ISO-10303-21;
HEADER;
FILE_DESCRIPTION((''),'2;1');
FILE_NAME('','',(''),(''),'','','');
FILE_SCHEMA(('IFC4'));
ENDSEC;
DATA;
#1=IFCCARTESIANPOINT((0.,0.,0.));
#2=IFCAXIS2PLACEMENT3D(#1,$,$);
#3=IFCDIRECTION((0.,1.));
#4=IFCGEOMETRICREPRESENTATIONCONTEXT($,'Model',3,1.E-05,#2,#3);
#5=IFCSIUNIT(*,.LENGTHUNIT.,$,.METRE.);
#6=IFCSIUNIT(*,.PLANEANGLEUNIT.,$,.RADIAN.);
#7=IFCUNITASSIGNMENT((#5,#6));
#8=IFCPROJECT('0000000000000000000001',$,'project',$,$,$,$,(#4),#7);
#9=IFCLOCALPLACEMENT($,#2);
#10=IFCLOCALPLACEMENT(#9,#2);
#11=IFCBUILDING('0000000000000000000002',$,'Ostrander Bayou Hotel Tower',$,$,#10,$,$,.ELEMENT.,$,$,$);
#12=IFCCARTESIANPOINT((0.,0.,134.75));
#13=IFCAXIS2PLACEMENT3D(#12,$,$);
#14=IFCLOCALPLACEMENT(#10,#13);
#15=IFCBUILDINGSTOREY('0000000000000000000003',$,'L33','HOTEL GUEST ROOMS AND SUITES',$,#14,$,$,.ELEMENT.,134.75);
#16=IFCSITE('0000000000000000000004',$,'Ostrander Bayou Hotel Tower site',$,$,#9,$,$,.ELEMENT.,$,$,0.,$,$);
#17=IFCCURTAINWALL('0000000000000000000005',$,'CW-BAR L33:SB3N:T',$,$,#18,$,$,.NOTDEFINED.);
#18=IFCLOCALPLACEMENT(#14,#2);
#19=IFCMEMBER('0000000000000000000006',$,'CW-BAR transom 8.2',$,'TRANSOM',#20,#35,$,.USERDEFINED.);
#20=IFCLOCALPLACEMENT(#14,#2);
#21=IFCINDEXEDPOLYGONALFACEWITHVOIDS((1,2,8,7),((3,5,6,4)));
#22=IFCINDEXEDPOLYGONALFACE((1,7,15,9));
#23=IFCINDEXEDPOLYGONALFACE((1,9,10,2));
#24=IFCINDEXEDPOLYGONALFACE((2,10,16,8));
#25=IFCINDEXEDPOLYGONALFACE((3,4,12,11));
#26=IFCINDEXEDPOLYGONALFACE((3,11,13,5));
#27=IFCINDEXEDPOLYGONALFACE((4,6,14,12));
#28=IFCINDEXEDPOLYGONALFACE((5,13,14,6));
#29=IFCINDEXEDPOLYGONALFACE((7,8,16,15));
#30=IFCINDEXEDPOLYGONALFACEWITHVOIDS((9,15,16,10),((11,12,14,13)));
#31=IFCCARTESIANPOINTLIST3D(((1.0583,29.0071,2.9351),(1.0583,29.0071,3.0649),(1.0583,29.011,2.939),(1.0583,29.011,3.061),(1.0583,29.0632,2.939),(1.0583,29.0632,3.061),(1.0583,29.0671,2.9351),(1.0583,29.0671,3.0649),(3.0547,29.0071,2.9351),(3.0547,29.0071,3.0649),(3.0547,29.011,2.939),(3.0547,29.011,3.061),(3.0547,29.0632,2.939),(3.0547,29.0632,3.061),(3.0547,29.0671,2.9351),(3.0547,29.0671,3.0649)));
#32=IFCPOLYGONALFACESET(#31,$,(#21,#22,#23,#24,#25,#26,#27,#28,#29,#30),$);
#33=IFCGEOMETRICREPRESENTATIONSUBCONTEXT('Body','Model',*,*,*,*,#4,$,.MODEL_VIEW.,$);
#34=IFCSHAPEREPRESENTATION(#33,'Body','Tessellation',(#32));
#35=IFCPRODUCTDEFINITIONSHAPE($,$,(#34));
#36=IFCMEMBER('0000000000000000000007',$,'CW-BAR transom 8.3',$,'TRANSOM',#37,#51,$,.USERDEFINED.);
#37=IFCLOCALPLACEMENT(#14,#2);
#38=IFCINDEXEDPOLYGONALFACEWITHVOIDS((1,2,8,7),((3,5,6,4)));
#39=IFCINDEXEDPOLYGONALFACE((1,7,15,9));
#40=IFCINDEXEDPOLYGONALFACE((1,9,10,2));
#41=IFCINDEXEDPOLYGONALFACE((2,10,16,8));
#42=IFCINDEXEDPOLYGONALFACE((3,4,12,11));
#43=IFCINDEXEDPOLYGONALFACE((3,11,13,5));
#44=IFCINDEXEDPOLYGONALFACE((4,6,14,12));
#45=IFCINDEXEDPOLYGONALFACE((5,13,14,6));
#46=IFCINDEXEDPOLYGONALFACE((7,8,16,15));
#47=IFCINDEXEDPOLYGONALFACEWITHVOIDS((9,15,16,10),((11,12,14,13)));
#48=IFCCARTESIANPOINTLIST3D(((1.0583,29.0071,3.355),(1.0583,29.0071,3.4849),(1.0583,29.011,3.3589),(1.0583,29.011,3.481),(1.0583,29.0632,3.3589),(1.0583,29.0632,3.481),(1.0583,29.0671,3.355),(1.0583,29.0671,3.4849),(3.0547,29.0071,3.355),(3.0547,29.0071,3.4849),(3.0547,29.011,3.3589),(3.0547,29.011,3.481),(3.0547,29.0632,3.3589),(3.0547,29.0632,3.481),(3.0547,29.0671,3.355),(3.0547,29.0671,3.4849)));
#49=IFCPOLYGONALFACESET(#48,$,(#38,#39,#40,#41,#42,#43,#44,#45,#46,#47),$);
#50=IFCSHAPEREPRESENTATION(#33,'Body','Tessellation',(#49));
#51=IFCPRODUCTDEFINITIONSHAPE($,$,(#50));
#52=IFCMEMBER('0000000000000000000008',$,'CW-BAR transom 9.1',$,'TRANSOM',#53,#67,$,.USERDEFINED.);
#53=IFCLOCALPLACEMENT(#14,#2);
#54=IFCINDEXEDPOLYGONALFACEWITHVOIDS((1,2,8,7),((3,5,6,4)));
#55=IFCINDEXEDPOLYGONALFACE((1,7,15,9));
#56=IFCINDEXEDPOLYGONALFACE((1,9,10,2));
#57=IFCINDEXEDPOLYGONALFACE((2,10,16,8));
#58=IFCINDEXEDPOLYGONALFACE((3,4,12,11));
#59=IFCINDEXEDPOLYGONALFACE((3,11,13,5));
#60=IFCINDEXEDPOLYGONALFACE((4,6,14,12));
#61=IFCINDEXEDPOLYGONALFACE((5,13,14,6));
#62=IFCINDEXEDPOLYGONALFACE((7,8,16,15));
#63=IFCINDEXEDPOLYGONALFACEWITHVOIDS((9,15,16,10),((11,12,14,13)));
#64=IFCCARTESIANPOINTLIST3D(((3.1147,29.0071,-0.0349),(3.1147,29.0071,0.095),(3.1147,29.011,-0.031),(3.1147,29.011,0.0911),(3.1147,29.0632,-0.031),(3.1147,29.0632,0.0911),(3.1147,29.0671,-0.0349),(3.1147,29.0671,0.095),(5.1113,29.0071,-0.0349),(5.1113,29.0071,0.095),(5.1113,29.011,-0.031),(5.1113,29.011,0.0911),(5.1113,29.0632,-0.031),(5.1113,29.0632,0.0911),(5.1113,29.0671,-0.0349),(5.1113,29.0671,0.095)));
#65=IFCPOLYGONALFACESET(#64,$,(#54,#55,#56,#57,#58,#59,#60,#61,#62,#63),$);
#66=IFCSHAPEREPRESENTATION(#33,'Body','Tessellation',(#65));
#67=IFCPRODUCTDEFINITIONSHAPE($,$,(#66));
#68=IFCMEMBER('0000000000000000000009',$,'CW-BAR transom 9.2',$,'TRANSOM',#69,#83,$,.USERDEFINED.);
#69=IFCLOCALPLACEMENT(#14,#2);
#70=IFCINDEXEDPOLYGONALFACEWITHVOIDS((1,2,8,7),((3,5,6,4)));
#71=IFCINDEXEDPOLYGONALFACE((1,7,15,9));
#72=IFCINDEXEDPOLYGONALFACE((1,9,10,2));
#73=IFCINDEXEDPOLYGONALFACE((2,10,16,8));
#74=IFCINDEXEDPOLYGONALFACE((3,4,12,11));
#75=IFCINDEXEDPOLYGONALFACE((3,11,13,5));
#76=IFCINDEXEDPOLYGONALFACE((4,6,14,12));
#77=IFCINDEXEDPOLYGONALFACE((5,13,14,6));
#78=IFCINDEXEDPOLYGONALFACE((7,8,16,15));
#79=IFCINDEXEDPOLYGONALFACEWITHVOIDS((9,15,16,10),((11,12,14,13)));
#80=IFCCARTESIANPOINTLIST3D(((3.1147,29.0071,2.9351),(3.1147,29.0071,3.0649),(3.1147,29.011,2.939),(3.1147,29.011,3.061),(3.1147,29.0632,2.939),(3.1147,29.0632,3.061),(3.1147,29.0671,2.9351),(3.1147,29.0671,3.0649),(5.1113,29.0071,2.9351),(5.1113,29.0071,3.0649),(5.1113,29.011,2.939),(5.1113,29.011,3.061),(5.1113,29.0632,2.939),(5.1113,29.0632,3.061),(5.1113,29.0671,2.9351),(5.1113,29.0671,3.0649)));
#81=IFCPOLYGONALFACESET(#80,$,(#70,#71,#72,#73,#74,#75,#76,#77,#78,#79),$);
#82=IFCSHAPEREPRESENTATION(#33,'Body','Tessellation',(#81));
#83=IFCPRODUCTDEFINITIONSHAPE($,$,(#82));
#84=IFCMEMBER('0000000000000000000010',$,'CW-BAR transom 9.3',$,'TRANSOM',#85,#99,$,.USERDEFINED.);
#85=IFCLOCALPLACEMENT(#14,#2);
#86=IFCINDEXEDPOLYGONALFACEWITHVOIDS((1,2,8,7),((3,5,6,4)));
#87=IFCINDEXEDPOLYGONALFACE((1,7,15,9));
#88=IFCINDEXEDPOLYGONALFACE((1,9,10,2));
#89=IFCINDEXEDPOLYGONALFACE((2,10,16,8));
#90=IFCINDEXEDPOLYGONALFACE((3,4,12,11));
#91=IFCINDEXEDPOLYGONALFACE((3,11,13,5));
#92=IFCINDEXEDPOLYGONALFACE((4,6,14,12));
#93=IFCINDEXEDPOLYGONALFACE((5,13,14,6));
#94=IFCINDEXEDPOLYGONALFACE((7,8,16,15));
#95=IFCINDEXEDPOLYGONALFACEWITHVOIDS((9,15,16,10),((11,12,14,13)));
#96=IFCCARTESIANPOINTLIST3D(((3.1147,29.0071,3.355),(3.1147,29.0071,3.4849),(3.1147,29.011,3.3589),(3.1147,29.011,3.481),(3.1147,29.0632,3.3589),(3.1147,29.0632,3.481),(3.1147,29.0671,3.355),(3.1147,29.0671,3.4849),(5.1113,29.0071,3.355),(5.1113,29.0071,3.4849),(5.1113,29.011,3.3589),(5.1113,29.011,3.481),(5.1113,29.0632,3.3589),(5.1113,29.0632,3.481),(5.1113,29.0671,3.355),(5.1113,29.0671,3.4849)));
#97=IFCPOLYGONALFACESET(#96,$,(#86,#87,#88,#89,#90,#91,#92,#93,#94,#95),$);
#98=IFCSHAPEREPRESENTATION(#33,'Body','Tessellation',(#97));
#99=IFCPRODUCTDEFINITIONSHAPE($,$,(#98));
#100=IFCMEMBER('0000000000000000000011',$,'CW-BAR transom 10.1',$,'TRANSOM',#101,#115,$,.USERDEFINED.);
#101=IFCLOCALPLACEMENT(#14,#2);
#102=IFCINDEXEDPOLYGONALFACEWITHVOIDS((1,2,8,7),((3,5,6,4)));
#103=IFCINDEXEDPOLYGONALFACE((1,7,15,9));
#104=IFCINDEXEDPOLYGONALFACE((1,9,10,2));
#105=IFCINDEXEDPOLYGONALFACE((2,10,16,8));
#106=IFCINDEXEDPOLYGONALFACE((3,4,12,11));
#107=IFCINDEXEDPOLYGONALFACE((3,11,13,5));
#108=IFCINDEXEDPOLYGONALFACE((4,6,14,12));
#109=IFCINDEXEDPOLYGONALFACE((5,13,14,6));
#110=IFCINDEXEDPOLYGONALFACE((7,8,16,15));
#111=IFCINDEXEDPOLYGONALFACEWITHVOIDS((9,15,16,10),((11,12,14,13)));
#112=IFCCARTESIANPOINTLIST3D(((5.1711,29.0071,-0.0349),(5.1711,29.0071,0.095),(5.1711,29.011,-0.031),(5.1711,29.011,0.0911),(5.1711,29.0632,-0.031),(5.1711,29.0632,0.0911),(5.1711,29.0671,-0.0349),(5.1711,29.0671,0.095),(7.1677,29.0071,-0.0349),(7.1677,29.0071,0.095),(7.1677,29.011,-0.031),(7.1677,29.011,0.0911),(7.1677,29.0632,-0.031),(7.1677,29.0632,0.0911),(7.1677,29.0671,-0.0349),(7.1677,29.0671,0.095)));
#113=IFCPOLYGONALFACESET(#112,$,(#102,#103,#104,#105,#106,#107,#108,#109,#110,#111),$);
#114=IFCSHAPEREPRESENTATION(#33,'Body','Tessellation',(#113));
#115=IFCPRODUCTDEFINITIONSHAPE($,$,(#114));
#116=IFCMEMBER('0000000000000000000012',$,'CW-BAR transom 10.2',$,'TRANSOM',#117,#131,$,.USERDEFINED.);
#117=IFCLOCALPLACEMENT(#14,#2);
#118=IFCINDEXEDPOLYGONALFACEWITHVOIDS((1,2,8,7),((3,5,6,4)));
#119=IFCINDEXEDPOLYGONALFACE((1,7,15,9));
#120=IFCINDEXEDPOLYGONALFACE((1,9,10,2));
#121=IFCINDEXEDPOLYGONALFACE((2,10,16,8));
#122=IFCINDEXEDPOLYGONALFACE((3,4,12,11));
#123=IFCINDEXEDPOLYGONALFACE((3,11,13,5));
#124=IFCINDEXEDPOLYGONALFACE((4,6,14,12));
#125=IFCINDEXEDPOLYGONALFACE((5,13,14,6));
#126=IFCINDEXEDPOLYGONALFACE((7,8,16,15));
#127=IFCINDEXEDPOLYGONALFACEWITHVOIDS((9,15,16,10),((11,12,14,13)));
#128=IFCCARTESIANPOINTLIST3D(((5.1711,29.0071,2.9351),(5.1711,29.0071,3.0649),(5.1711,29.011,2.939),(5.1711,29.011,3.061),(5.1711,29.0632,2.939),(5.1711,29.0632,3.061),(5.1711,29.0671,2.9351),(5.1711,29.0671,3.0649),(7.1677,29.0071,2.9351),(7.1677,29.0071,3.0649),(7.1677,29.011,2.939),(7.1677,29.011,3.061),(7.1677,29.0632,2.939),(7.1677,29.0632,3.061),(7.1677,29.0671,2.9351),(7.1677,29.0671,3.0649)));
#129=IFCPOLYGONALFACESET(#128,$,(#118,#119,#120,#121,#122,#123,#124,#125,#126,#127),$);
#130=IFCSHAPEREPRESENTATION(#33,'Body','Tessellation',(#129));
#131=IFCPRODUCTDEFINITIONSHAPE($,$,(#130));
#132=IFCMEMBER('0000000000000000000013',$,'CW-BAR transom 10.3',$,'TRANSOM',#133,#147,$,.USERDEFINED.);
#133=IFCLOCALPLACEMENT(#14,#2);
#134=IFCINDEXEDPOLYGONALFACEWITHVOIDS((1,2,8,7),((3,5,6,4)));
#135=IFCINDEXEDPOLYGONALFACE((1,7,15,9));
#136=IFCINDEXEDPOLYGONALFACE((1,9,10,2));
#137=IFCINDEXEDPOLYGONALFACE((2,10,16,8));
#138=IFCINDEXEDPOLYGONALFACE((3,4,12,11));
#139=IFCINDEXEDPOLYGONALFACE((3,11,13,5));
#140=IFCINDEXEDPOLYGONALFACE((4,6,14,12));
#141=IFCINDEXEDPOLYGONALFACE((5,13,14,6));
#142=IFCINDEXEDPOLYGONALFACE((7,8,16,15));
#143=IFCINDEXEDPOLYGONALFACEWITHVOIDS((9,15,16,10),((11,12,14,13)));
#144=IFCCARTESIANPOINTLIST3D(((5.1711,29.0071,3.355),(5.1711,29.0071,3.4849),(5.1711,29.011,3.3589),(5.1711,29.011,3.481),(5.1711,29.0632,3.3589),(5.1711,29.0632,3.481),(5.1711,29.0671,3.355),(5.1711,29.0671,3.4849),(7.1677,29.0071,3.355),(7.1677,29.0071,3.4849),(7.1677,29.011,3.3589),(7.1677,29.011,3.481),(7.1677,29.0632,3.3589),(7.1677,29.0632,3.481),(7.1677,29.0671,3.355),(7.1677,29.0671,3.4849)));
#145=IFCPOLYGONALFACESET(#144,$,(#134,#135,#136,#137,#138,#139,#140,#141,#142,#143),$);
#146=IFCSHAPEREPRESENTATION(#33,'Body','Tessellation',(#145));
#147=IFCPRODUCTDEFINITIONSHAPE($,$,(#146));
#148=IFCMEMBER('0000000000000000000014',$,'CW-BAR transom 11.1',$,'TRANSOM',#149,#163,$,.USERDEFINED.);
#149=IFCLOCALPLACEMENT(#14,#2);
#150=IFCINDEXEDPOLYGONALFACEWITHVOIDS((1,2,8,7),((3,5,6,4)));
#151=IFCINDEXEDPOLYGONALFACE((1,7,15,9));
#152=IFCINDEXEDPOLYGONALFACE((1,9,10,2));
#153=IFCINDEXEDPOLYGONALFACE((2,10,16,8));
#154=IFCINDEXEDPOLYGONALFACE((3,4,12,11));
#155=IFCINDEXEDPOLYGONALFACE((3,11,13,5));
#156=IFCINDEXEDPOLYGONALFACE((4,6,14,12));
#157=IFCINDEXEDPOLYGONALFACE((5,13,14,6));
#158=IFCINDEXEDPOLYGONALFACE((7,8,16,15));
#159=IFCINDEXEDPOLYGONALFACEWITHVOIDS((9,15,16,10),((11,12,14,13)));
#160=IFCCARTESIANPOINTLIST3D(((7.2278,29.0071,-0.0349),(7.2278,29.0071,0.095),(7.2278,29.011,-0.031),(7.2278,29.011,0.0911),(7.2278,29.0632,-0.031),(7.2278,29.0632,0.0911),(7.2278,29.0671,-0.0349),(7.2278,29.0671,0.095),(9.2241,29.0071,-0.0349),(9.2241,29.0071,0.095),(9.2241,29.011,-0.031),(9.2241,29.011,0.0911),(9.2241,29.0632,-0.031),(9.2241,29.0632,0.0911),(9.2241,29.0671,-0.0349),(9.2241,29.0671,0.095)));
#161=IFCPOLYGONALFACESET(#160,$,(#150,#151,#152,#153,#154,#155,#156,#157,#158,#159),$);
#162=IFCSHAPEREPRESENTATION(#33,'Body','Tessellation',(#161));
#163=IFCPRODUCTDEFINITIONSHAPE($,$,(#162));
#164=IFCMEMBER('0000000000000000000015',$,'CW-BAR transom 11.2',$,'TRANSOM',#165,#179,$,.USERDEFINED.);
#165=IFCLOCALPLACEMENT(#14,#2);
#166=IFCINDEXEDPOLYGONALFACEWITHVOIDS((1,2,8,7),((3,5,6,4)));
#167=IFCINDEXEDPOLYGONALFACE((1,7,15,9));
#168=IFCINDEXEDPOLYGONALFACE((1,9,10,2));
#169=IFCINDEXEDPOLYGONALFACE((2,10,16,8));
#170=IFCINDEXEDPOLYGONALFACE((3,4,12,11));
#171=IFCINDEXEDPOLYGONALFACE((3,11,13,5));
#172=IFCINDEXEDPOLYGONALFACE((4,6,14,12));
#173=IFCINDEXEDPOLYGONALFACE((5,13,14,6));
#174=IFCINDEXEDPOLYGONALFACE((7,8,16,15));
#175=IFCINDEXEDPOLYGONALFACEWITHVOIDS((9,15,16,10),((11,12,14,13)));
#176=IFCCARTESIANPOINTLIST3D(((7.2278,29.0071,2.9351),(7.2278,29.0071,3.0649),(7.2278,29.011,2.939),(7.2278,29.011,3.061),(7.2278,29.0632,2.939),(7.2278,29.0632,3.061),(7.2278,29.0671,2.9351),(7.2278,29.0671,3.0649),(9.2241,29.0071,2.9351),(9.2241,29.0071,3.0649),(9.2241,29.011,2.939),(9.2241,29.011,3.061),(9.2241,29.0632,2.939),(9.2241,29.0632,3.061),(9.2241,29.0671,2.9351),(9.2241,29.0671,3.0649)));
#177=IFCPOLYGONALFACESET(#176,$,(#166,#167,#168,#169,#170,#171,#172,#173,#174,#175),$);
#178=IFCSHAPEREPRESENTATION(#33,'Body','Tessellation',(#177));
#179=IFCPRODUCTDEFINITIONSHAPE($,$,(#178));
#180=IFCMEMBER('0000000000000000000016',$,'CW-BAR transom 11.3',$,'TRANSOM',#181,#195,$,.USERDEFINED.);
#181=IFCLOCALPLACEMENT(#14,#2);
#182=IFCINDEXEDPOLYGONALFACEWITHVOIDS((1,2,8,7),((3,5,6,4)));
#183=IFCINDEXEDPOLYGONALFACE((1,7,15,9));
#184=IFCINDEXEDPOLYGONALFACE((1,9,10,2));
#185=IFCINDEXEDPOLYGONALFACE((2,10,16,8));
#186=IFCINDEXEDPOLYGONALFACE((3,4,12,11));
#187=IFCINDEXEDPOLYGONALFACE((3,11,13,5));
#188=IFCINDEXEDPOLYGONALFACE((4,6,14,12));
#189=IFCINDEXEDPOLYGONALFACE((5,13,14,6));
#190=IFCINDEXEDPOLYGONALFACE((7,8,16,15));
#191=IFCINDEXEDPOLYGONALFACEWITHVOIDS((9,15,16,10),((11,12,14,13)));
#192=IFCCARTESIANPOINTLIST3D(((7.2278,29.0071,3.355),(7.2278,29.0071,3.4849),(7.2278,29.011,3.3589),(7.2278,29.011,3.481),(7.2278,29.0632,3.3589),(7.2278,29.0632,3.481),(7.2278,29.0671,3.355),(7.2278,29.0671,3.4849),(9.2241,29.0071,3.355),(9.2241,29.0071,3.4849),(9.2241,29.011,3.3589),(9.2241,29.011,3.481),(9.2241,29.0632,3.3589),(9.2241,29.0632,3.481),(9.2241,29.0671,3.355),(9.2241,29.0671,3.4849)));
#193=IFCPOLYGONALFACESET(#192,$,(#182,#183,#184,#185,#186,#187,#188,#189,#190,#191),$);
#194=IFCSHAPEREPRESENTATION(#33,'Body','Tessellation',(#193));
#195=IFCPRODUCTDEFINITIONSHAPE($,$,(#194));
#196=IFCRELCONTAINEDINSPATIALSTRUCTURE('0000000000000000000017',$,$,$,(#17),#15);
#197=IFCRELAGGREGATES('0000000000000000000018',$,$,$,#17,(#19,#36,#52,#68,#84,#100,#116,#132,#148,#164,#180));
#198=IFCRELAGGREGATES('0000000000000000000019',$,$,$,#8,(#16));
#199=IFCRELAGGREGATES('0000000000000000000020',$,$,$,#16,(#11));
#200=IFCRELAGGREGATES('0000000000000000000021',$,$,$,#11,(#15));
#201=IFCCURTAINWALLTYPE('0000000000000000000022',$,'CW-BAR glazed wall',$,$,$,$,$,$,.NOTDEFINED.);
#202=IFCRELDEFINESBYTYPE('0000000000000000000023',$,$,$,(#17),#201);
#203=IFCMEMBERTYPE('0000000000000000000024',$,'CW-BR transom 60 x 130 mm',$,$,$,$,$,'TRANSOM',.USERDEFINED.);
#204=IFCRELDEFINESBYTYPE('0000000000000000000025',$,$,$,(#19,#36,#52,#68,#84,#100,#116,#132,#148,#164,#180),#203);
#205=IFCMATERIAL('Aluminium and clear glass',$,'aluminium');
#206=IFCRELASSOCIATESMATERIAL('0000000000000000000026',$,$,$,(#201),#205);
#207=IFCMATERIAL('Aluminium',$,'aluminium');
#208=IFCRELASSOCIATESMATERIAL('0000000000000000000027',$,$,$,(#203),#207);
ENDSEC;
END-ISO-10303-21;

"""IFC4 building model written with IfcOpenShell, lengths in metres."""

from ifc_helpers import new_model, si_unit, direction, frame, origin, origin_2d, place, context, subcontext, project, spatial, hollow_rectangle, extrude, material, material_profile, profile_set, type_object, element, aggregate, save


model = new_model("IFC4")

# Units and contexts
model_context = context("Model", 3, precision=1e-05, world=origin(), true_north=direction((0.0, 1.0)))
body_context = subcontext(model_context, "Body", "Model", "MODEL_VIEW")
ifc_project = project(units=[si_unit("LENGTHUNIT", "METRE"), si_unit("PLANEANGLEUNIT", "RADIAN")], contexts=[model_context])

# Site, building, storey
site_placement = place(None, origin())
site = spatial("IfcSite", under=ifc_project, at=site_placement, Name="Ostrander Bayou Hotel Tower site", CompositionType="ELEMENT", RefElevation=0.0)
building_placement = place(site_placement, origin())
building = spatial("IfcBuilding", under=site, at=building_placement, Name="Ostrander Bayou Hotel Tower", CompositionType="ELEMENT")
storey_placement = place(building_placement, frame((0.0, 0.0, 134.75)))
storey = spatial("IfcBuildingStorey", under=building, at=storey_placement, Name="L33", Description="HOTEL GUEST ROOMS AND SUITES", CompositionType="ELEMENT", Elevation=134.75)

# Curtain wall, members
ifc_material_1 = material(Name="Aluminium and clear glass", Category="aluminium")
curtain_wall_type = type_object("IfcCurtainWallType", Name="CW-BAR glazed wall", PredefinedType="NOTDEFINED", material=ifc_material_1)
curtain_wall_placement = place(storey_placement, origin())
curtain_wall = element("IfcCurtainWall", 1, at=curtain_wall_placement, inside=storey, type_object=curtain_wall_type, Name="CW-BAR L33:SB3N:T", PredefinedType="NOTDEFINED")
ifc_material_2 = material(Name="Aluminium", Category="aluminium")
ifc_material_profile_1 = material_profile(ifc_material_2, hollow_rectangle(XDim=0.0601, YDim=0.1299, WallThickness=0.0039, at=origin_2d()))
ifc_profile_set_1 = profile_set([ifc_material_profile_1], Name="Aluminium")
member_type_1 = type_object("IfcMemberType", Name="CW-BR transom 60 x 130 mm", ElementType="TRANSOM", PredefinedType="USERDEFINED", material=ifc_profile_set_1)
member_1_placement = place(storey_placement, frame((1.0583, 29.0371, 3.0), z_axis=(1.0, 0.0, 0.0), x_axis=(0.0, 1.0, 0.0)))
member_1 = element("IfcMember", 2, at=member_1_placement, type_object=member_type_1, Name="CW-BAR transom 8.2", ObjectType="TRANSOM", PredefinedType="USERDEFINED", context=body_context, shape_type="SweptSolid", body=[
    extrude(hollow_rectangle(XDim=0.0601, YDim=0.1299, WallThickness=0.0039, at=origin_2d()), origin(), (0.0, 0.0, 1.0), 1.9963),
])
member_2_placement = place(storey_placement, frame((1.0583, 29.0371, 3.4199), z_axis=(1.0, 0.0, 0.0), x_axis=(0.0, 1.0, 0.0)))
member_2 = element("IfcMember", 3, at=member_2_placement, type_object=member_type_1, Name="CW-BAR transom 8.3", ObjectType="TRANSOM", PredefinedType="USERDEFINED", context=body_context, shape_type="SweptSolid", body=[
    extrude(hollow_rectangle(XDim=0.0601, YDim=0.1299, WallThickness=0.0039, at=origin_2d()), origin(), (0.0, 0.0, 1.0), 1.9963),
])
member_3_placement = place(storey_placement, frame((3.1147, 29.0371, 0.03), z_axis=(1.0, 0.0, 0.0), x_axis=(0.0, 1.0, 0.0)))
member_3 = element("IfcMember", 4, at=member_3_placement, type_object=member_type_1, Name="CW-BAR transom 9.1", ObjectType="TRANSOM", PredefinedType="USERDEFINED", context=body_context, shape_type="SweptSolid", body=[
    extrude(hollow_rectangle(XDim=0.0601, YDim=0.1299, WallThickness=0.0039, at=origin_2d()), origin(), (0.0, 0.0, 1.0), 1.9966),
])
member_4_placement = place(storey_placement, frame((3.1147, 29.0371, 3.0), z_axis=(1.0, 0.0, 0.0), x_axis=(0.0, 1.0, 0.0)))
member_4 = element("IfcMember", 5, at=member_4_placement, type_object=member_type_1, Name="CW-BAR transom 9.2", ObjectType="TRANSOM", PredefinedType="USERDEFINED", context=body_context, shape_type="SweptSolid", body=[
    extrude(hollow_rectangle(XDim=0.0601, YDim=0.1299, WallThickness=0.0039, at=origin_2d()), origin(), (0.0, 0.0, 1.0), 1.9966),
])
member_5_placement = place(storey_placement, frame((3.1147, 29.0371, 3.4199), z_axis=(1.0, 0.0, 0.0), x_axis=(0.0, 1.0, 0.0)))
member_5 = element("IfcMember", 6, at=member_5_placement, type_object=member_type_1, Name="CW-BAR transom 9.3", ObjectType="TRANSOM", PredefinedType="USERDEFINED", context=body_context, shape_type="SweptSolid", body=[
    extrude(hollow_rectangle(XDim=0.0601, YDim=0.1299, WallThickness=0.0039, at=origin_2d()), origin(), (0.0, 0.0, 1.0), 1.9966),
])
member_6_placement = place(storey_placement, frame((5.1711, 29.0371, 0.03), z_axis=(1.0, 0.0, 0.0), x_axis=(0.0, 1.0, 0.0)))
member_6 = element("IfcMember", 7, at=member_6_placement, type_object=member_type_1, Name="CW-BAR transom 10.1", ObjectType="TRANSOM", PredefinedType="USERDEFINED", context=body_context, shape_type="SweptSolid", body=[
    extrude(hollow_rectangle(XDim=0.0601, YDim=0.1299, WallThickness=0.0039, at=origin_2d()), origin(), (0.0, 0.0, 1.0), 1.9966),
])
member_7_placement = place(storey_placement, frame((5.1711, 29.0371, 3.0), z_axis=(1.0, 0.0, 0.0), x_axis=(0.0, 1.0, 0.0)))
member_7 = element("IfcMember", 8, at=member_7_placement, type_object=member_type_1, Name="CW-BAR transom 10.2", ObjectType="TRANSOM", PredefinedType="USERDEFINED", context=body_context, shape_type="SweptSolid", body=[
    extrude(hollow_rectangle(XDim=0.0601, YDim=0.1299, WallThickness=0.0039, at=origin_2d()), origin(), (0.0, 0.0, 1.0), 1.9966),
])
member_8_placement = place(storey_placement, frame((5.1711, 29.0371, 3.4199), z_axis=(1.0, 0.0, 0.0), x_axis=(0.0, 1.0, 0.0)))
member_8 = element("IfcMember", 9, at=member_8_placement, type_object=member_type_1, Name="CW-BAR transom 10.3", ObjectType="TRANSOM", PredefinedType="USERDEFINED", context=body_context, shape_type="SweptSolid", body=[
    extrude(hollow_rectangle(XDim=0.0601, YDim=0.1299, WallThickness=0.0039, at=origin_2d()), origin(), (0.0, 0.0, 1.0), 1.9966),
])
member_9_placement = place(storey_placement, frame((7.2278, 29.0371, 0.03), z_axis=(1.0, 0.0, 0.0), x_axis=(0.0, 1.0, 0.0)))
member_9 = element("IfcMember", 10, at=member_9_placement, type_object=member_type_1, Name="CW-BAR transom 11.1", ObjectType="TRANSOM", PredefinedType="USERDEFINED", context=body_context, shape_type="SweptSolid", body=[
    extrude(hollow_rectangle(XDim=0.0601, YDim=0.1299, WallThickness=0.0039, at=origin_2d()), origin(), (0.0, 0.0, 1.0), 1.9963),
])
member_10_placement = place(storey_placement, frame((7.2278, 29.0371, 3.0), z_axis=(1.0, 0.0, 0.0), x_axis=(0.0, 1.0, 0.0)))
member_10 = element("IfcMember", 11, at=member_10_placement, type_object=member_type_1, Name="CW-BAR transom 11.2", ObjectType="TRANSOM", PredefinedType="USERDEFINED", context=body_context, shape_type="SweptSolid", body=[
    extrude(hollow_rectangle(XDim=0.0601, YDim=0.1299, WallThickness=0.0039, at=origin_2d()), origin(), (0.0, 0.0, 1.0), 1.9963),
])
member_11_placement = place(storey_placement, frame((7.2278, 29.0371, 3.4199), z_axis=(1.0, 0.0, 0.0), x_axis=(0.0, 1.0, 0.0)))
member_11 = element("IfcMember", 12, at=member_11_placement, type_object=member_type_1, Name="CW-BAR transom 11.3", ObjectType="TRANSOM", PredefinedType="USERDEFINED", context=body_context, shape_type="SweptSolid", body=[
    extrude(hollow_rectangle(XDim=0.0601, YDim=0.1299, WallThickness=0.0039, at=origin_2d()), origin(), (0.0, 0.0, 1.0), 1.9963),
])
aggregate(curtain_wall, [member_1, member_2, member_3, member_4, member_5, member_6, member_7, member_8, member_9, member_10, member_11])

save(model, "model.ifc")
